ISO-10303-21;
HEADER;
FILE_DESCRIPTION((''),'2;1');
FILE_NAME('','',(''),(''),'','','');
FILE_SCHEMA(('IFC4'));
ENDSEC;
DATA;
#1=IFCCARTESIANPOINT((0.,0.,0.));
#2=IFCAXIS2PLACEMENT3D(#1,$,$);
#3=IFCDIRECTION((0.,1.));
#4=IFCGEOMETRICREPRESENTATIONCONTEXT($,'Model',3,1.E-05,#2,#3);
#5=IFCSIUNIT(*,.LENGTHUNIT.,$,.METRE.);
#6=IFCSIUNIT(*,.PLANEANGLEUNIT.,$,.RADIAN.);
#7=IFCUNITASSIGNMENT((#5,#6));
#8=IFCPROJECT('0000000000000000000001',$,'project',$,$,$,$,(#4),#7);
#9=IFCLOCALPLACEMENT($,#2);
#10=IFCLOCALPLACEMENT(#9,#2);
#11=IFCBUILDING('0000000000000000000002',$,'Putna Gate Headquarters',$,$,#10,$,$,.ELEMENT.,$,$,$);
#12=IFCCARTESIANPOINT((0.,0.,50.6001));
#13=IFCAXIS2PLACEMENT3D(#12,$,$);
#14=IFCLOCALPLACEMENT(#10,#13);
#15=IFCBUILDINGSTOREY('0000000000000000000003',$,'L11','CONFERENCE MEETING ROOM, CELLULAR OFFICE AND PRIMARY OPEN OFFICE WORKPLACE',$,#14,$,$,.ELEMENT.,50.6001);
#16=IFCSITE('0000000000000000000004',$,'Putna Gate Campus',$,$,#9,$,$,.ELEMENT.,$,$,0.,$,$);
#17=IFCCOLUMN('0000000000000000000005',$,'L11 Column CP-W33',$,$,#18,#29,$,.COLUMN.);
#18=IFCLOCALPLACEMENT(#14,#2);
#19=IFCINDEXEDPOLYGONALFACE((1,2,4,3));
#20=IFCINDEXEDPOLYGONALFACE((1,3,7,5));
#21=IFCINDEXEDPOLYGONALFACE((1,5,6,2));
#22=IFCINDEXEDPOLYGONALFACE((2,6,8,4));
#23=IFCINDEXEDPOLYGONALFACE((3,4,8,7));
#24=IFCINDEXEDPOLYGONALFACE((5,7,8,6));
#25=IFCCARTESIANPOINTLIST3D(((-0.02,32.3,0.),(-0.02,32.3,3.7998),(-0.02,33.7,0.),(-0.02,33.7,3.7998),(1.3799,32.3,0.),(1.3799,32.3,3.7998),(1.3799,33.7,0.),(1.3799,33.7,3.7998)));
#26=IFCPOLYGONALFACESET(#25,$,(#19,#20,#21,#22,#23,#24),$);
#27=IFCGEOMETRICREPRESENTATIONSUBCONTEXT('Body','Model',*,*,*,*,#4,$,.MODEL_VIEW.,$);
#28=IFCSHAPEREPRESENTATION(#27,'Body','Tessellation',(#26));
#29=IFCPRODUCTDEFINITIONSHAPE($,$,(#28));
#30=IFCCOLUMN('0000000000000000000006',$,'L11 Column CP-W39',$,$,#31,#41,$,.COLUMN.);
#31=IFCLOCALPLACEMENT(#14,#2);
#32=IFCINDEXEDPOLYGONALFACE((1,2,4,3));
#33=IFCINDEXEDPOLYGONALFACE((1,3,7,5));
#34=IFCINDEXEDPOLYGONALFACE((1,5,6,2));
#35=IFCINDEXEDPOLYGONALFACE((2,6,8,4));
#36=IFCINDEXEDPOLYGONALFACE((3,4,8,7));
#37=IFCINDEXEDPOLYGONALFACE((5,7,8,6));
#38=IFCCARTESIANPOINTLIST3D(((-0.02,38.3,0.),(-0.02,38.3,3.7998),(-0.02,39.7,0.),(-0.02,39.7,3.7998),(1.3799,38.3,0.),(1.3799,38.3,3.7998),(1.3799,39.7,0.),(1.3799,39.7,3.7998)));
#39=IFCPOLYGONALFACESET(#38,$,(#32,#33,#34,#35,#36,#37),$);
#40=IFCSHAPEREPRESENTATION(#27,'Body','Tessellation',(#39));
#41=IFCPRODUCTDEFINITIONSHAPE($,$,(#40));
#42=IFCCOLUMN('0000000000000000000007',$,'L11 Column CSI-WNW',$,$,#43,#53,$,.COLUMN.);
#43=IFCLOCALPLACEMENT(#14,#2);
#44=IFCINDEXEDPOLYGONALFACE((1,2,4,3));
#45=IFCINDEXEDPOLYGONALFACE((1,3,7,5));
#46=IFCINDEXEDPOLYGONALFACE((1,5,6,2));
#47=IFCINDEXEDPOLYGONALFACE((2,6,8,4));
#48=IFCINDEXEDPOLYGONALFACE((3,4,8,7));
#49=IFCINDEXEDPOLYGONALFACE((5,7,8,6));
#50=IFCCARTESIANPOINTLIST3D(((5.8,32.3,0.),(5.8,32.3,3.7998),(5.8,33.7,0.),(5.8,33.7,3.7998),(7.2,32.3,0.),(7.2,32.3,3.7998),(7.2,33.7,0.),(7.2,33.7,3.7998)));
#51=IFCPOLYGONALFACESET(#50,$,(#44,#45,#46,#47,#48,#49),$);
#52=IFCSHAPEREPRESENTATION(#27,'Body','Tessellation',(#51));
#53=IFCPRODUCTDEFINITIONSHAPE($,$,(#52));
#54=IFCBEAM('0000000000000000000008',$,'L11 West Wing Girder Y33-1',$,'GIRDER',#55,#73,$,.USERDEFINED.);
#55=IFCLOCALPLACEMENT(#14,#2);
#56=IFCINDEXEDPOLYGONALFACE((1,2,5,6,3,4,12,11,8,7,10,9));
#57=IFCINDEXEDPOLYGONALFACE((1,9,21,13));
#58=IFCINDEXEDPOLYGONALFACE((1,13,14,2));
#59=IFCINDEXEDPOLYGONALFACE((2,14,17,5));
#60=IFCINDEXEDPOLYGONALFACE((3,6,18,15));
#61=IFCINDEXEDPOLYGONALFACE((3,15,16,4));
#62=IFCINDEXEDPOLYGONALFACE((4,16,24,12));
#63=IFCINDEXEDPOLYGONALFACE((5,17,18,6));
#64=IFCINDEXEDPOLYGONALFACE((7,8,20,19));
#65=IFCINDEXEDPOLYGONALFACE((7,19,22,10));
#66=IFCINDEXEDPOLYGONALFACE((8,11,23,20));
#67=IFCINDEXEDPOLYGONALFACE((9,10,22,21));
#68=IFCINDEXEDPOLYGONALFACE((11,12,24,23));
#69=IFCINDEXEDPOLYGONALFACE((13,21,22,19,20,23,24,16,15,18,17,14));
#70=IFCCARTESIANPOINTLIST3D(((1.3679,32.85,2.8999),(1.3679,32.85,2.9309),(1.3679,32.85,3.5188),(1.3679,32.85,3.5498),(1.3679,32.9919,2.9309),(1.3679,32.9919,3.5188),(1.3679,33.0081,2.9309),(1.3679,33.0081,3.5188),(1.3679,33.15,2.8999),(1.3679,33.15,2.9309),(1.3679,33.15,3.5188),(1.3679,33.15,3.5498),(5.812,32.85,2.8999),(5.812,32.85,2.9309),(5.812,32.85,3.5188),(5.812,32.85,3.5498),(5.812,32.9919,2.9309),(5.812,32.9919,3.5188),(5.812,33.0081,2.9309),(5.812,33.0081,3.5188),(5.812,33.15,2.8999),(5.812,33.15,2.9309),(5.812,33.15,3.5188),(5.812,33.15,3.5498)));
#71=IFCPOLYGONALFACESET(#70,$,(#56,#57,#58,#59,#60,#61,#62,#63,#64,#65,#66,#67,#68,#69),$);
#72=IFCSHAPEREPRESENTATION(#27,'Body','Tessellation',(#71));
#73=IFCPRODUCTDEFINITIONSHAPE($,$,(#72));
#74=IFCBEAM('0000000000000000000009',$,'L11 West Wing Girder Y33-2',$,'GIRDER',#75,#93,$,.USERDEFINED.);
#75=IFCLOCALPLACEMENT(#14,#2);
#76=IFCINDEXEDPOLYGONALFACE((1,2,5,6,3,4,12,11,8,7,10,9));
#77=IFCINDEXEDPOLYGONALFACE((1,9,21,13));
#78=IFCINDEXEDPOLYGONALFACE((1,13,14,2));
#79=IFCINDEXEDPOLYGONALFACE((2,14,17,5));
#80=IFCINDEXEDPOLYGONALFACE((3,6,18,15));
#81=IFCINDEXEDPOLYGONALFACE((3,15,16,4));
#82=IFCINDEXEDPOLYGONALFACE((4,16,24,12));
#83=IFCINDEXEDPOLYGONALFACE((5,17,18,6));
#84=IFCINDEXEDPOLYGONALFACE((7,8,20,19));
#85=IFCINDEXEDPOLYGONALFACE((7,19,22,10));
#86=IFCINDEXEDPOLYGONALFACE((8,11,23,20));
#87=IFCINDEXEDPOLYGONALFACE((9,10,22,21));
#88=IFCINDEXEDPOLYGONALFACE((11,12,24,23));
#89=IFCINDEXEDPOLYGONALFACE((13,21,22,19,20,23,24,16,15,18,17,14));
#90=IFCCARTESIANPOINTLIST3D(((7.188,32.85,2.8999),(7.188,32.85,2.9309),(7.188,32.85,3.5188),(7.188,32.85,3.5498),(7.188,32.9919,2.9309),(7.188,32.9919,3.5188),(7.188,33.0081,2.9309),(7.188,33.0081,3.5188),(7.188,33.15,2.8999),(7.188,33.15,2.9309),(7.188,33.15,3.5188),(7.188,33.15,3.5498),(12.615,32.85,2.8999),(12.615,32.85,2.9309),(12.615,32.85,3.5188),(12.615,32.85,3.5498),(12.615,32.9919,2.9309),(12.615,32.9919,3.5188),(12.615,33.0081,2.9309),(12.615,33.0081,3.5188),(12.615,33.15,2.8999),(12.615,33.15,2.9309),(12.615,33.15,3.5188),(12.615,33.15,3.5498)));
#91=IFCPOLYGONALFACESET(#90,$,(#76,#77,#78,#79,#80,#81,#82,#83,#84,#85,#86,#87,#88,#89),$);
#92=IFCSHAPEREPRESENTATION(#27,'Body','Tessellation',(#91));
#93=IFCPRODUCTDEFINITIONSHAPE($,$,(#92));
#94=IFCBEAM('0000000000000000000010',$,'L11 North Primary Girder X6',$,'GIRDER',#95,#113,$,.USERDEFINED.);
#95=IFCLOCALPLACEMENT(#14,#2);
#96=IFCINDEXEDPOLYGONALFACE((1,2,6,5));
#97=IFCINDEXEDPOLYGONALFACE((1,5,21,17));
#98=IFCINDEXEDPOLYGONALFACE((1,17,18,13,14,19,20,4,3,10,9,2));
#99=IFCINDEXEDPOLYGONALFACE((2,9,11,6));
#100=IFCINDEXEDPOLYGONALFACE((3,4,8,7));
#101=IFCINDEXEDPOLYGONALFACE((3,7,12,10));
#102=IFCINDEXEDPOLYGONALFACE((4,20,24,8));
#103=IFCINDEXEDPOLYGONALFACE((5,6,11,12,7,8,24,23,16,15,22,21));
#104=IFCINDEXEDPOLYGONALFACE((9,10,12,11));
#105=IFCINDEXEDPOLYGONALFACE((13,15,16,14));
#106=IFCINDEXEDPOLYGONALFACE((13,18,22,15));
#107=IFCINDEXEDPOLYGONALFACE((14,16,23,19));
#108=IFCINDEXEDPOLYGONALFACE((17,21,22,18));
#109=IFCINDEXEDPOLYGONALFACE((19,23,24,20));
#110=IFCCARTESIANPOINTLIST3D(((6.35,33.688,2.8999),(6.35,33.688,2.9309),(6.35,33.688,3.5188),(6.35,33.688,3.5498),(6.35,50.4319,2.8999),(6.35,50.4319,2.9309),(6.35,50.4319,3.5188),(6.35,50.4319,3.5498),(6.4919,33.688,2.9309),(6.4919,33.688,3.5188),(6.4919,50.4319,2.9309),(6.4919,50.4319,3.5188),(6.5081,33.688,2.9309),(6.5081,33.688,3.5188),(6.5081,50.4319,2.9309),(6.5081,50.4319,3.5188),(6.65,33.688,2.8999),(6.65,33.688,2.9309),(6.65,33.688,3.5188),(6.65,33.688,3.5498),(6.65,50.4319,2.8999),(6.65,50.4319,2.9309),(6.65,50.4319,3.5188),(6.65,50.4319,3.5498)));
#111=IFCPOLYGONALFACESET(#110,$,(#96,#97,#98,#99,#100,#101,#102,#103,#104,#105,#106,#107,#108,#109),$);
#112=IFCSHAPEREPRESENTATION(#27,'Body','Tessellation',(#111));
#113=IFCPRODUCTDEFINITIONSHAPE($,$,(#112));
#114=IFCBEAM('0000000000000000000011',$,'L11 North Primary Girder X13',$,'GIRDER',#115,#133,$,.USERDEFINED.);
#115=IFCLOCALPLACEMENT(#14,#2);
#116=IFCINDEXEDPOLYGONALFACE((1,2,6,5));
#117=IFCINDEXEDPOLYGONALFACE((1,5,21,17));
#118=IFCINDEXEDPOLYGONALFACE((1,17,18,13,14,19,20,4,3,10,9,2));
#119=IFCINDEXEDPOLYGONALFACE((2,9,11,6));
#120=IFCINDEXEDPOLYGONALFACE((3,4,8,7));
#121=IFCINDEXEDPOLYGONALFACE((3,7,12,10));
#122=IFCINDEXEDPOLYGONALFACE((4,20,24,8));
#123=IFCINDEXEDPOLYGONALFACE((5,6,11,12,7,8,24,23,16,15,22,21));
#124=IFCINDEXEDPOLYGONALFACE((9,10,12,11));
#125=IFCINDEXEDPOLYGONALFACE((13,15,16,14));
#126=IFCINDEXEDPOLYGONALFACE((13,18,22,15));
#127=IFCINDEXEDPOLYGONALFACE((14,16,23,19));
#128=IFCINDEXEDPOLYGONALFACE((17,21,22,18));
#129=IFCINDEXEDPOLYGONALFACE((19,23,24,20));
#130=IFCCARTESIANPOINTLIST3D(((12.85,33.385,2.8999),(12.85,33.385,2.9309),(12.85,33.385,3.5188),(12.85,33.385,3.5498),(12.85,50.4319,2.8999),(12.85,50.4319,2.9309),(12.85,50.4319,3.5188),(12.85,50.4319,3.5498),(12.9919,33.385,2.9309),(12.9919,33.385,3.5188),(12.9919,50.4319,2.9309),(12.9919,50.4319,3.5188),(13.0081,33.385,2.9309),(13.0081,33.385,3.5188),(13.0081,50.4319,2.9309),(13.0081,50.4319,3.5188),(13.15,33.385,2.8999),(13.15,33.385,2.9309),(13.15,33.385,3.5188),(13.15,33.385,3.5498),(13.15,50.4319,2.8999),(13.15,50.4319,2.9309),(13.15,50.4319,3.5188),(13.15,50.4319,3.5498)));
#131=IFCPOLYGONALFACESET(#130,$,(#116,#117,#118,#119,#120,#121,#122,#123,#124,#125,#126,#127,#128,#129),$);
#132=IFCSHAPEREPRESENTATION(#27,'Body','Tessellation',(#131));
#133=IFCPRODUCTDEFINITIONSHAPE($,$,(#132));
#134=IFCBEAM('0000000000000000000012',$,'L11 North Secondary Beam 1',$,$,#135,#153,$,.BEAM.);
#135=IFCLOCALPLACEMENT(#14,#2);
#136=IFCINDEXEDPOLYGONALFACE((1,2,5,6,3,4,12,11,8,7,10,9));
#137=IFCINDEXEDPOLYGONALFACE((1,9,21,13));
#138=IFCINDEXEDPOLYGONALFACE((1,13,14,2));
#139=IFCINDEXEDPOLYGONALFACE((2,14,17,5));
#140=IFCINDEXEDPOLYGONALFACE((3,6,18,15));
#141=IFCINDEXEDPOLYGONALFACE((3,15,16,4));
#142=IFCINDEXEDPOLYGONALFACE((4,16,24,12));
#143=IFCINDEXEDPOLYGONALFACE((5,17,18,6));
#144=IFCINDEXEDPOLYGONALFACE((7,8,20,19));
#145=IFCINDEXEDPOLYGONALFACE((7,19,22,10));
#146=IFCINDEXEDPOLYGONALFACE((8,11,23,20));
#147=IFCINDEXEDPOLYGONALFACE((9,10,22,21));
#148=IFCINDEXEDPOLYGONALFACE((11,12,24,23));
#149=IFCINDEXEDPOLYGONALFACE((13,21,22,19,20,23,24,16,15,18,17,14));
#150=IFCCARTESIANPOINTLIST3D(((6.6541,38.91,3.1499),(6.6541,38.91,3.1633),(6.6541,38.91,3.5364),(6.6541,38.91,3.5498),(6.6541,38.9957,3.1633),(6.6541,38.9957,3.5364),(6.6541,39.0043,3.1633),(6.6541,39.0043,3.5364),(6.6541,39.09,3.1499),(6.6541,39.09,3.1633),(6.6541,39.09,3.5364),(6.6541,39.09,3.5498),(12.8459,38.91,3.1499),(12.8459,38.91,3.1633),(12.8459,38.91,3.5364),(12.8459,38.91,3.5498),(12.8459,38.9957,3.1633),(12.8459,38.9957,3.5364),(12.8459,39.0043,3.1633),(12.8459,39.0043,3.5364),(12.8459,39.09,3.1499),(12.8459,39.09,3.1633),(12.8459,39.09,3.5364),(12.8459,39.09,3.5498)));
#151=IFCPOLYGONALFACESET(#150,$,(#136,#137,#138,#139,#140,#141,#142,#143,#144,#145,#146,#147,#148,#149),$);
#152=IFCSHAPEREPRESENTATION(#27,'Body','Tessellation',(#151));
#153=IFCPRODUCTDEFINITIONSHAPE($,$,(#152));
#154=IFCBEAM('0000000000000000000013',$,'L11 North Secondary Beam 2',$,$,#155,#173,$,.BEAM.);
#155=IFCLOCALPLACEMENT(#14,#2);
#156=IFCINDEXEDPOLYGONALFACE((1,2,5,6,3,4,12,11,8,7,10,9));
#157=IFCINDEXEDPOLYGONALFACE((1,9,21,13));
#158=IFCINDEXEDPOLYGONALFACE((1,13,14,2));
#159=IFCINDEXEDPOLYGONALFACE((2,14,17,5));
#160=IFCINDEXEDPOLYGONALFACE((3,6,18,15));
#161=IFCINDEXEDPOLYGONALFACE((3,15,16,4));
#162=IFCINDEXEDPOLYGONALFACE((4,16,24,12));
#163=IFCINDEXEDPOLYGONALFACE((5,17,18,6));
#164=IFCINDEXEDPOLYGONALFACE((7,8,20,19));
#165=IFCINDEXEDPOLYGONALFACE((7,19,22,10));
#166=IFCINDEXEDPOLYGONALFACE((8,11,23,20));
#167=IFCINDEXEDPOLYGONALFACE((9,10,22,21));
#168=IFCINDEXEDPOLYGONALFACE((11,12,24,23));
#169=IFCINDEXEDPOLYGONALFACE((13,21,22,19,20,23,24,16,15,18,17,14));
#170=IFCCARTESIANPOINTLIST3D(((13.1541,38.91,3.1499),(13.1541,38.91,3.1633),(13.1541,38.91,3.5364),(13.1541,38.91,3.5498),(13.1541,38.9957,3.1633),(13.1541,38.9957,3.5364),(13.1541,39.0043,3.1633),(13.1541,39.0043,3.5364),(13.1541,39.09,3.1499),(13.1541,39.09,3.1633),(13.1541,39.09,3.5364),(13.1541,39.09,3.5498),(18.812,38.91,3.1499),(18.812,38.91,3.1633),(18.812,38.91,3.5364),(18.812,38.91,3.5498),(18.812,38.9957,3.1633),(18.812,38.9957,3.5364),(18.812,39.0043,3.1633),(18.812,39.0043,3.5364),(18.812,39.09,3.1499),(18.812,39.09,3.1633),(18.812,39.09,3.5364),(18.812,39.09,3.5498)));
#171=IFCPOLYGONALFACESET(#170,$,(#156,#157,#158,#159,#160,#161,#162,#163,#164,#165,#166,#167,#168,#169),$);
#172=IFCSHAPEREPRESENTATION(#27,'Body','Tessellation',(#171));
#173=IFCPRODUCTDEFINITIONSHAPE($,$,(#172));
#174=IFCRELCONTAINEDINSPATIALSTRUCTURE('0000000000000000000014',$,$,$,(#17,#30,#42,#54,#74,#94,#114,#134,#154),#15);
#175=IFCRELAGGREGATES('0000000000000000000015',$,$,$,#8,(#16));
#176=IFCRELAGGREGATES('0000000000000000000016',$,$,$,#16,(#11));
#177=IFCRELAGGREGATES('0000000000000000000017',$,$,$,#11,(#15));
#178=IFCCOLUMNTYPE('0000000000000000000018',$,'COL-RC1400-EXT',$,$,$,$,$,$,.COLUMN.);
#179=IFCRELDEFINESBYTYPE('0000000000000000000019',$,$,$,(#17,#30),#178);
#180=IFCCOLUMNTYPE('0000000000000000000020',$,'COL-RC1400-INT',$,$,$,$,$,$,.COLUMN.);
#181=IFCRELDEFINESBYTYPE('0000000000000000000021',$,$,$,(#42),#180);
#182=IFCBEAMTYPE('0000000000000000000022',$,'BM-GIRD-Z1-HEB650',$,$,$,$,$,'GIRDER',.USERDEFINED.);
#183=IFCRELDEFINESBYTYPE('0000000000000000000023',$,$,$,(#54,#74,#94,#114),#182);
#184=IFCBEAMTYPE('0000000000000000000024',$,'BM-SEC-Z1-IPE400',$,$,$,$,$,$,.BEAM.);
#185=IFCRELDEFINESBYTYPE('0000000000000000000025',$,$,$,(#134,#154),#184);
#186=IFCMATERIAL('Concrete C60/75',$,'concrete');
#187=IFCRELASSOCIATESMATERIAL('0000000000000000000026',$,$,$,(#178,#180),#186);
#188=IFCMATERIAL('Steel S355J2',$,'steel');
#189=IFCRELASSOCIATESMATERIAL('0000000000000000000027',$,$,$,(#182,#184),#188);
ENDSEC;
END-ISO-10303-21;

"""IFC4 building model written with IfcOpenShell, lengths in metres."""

from ifc_helpers import new_model, si_unit, direction, frame, origin, origin_2d, place, context, subcontext, project, spatial, rectangle, i_section, extrude, material, material_profile, profile_set, type_object, element, save


model = new_model("IFC4")

# Units and contexts
model_context = context("Model", 3, precision=1e-05, world=origin(), true_north=direction((0.0, 1.0)))
body_context = subcontext(model_context, "Body", "Model", "MODEL_VIEW")
ifc_project = project(units=[si_unit("LENGTHUNIT", "METRE"), si_unit("PLANEANGLEUNIT", "RADIAN")], contexts=[model_context])

# Site, building, storey
site_placement = place(None, origin())
site = spatial("IfcSite", under=ifc_project, at=site_placement, Name="Putna Gate Campus", CompositionType="ELEMENT", RefElevation=0.0)
building_placement = place(site_placement, origin())
building = spatial("IfcBuilding", under=site, at=building_placement, Name="Putna Gate Headquarters", CompositionType="ELEMENT")
storey_placement = place(building_placement, frame((0.0, 0.0, 50.6001)))
storey = spatial("IfcBuildingStorey", under=building, at=storey_placement, Name="L11", Description="CONFERENCE MEETING ROOM, CELLULAR OFFICE AND PRIMARY OPEN OFFICE WORKPLACE", CompositionType="ELEMENT", Elevation=50.6001)

# Columns
ifc_material_1 = material(Name="Concrete C60/75", Category="concrete")
ifc_material_profile_1 = material_profile(ifc_material_1, rectangle(XDim=1.3999, YDim=1.3999, at=origin_2d()), Name="Concrete C60/75")
ifc_profile_set_1 = profile_set([ifc_material_profile_1], Name="Concrete C60/75")
column_type_1 = type_object("IfcColumnType", Name="COL-RC1400-EXT", PredefinedType="COLUMN", material=ifc_profile_set_1)
for number, where, z_axis, x_axis, name in (
    (1, (0.6799, 33.0, 0.0), (0.0, 0.0, 1.0), (1.0, 0.0, 0.0), "L11 Column CP-W33"),
    (2, (0.6799, 39.0, 0.0), (0.0, 0.0, 1.0), (1.0, 0.0, 0.0), "L11 Column CP-W39"),
):
    element("IfcColumn", number, at=place(storey_placement, frame(where, z_axis=z_axis, x_axis=x_axis)), inside=storey, type_object=column_type_1, Name=name, PredefinedType="COLUMN", context=body_context, shape_type="SweptSolid", body=[
        extrude(rectangle(XDim=1.3999, YDim=1.3999, at=origin_2d()), origin(), (0.0, 0.0, 1.0), 3.7998),
    ])
ifc_material_profile_2 = material_profile(ifc_material_1, rectangle(XDim=1.3999, YDim=1.3999, at=origin_2d()), Name="Concrete C60/75")
ifc_profile_set_2 = profile_set([ifc_material_profile_2], Name="Concrete C60/75")
column_type_2 = type_object("IfcColumnType", Name="COL-RC1400-INT", PredefinedType="COLUMN", material=ifc_profile_set_2)
column_placement = place(storey_placement, frame((6.5, 33.0, 0.0), z_axis=(0.0, 0.0, 1.0), x_axis=(1.0, 0.0, 0.0)))
element("IfcColumn", 3, at=column_placement, inside=storey, type_object=column_type_2, Name="L11 Column CSI-WNW", PredefinedType="COLUMN", context=body_context, shape_type="SweptSolid", body=[
    extrude(rectangle(XDim=1.3999, YDim=1.3999, at=origin_2d()), origin(), (0.0, 0.0, 1.0), 3.7998),
])

# Beams
ifc_material_2 = material(Name="Steel S355J2", Category="steel")
ifc_material_profile_3 = material_profile(ifc_material_2, i_section(OverallWidth=0.3, OverallDepth=0.6499, WebThickness=0.0161, FlangeThickness=0.031, at=origin_2d()), Name="Steel S355J2")
ifc_profile_set_3 = profile_set([ifc_material_profile_3], Name="Steel S355J2")
beam_type_1 = type_object("IfcBeamType", Name="BM-GIRD-Z1-HEB650", ElementType="GIRDER", PredefinedType="USERDEFINED", material=ifc_profile_set_3)
beam_1_placement = place(storey_placement, frame((1.3679, 33.0, 3.2249), z_axis=(1.0, 0.0, 0.0), x_axis=(0.0, 1.0, 0.0)))
element("IfcBeam", 4, at=beam_1_placement, inside=storey, type_object=beam_type_1, Name="L11 West Wing Girder Y33-1", ObjectType="GIRDER", PredefinedType="USERDEFINED", context=body_context, shape_type="SweptSolid", body=[
    extrude(i_section(OverallWidth=0.3, OverallDepth=0.6499, WebThickness=0.0161, FlangeThickness=0.031, at=origin_2d()), origin(), (0.0, 0.0, 1.0), 4.4441),
])
beam_2_placement = place(storey_placement, frame((7.188, 33.0, 3.2249), z_axis=(1.0, 0.0, 0.0), x_axis=(0.0, 1.0, 0.0)))
element("IfcBeam", 5, at=beam_2_placement, inside=storey, type_object=beam_type_1, Name="L11 West Wing Girder Y33-2", ObjectType="GIRDER", PredefinedType="USERDEFINED", context=body_context, shape_type="SweptSolid", body=[
    extrude(i_section(OverallWidth=0.3, OverallDepth=0.6499, WebThickness=0.0161, FlangeThickness=0.031, at=origin_2d()), origin(), (0.0, 0.0, 1.0), 5.427),
])
beam_3_placement = place(storey_placement, frame((6.5, 33.688, 3.2249), z_axis=(0.0, 1.0, 0.0), x_axis=(-1.0, 0.0, 0.0)))
element("IfcBeam", 6, at=beam_3_placement, inside=storey, type_object=beam_type_1, Name="L11 North Primary Girder X6", ObjectType="GIRDER", PredefinedType="USERDEFINED", context=body_context, shape_type="SweptSolid", body=[
    extrude(i_section(OverallWidth=0.3, OverallDepth=0.6499, WebThickness=0.0161, FlangeThickness=0.031, at=origin_2d()), origin(), (0.0, 0.0, 1.0), 16.7439),
])
beam_4_placement = place(storey_placement, frame((13.0, 33.385, 3.2249), z_axis=(0.0, 1.0, 0.0), x_axis=(-1.0, 0.0, 0.0)))
element("IfcBeam", 7, at=beam_4_placement, inside=storey, type_object=beam_type_1, Name="L11 North Primary Girder X13", ObjectType="GIRDER", PredefinedType="USERDEFINED", context=body_context, shape_type="SweptSolid", body=[
    extrude(i_section(OverallWidth=0.3, OverallDepth=0.6499, WebThickness=0.0161, FlangeThickness=0.031, at=origin_2d()), origin(), (0.0, 0.0, 1.0), 17.0469),
])
ifc_material_profile_4 = material_profile(ifc_material_2, i_section(OverallWidth=0.1799, OverallDepth=0.3999, WebThickness=0.0085, FlangeThickness=0.0134, at=origin_2d()), Name="Steel S355J2")
ifc_profile_set_4 = profile_set([ifc_material_profile_4], Name="Steel S355J2")
beam_type_2 = type_object("IfcBeamType", Name="BM-SEC-Z1-IPE400", PredefinedType="BEAM", material=ifc_profile_set_4)
beam_5_placement = place(storey_placement, frame((6.6541, 39.0, 3.3499), z_axis=(1.0, 0.0, 0.0), x_axis=(0.0, 1.0, 0.0)))
element("IfcBeam", 8, at=beam_5_placement, inside=storey, type_object=beam_type_2, Name="L11 North Secondary Beam 1", PredefinedType="BEAM", context=body_context, shape_type="SweptSolid", body=[
    extrude(i_section(OverallWidth=0.1799, OverallDepth=0.3999, WebThickness=0.0085, FlangeThickness=0.0134, at=origin_2d()), origin(), (0.0, 0.0, 1.0), 6.1919),
])
beam_6_placement = place(storey_placement, frame((13.1541, 39.0, 3.3499), z_axis=(1.0, 0.0, 0.0), x_axis=(0.0, 1.0, 0.0)))
element("IfcBeam", 9, at=beam_6_placement, inside=storey, type_object=beam_type_2, Name="L11 North Secondary Beam 2", PredefinedType="BEAM", context=body_context, shape_type="SweptSolid", body=[
    extrude(i_section(OverallWidth=0.1799, OverallDepth=0.3999, WebThickness=0.0085, FlangeThickness=0.0134, at=origin_2d()), origin(), (0.0, 0.0, 1.0), 5.658),
])

save(model, "model.ifc")
